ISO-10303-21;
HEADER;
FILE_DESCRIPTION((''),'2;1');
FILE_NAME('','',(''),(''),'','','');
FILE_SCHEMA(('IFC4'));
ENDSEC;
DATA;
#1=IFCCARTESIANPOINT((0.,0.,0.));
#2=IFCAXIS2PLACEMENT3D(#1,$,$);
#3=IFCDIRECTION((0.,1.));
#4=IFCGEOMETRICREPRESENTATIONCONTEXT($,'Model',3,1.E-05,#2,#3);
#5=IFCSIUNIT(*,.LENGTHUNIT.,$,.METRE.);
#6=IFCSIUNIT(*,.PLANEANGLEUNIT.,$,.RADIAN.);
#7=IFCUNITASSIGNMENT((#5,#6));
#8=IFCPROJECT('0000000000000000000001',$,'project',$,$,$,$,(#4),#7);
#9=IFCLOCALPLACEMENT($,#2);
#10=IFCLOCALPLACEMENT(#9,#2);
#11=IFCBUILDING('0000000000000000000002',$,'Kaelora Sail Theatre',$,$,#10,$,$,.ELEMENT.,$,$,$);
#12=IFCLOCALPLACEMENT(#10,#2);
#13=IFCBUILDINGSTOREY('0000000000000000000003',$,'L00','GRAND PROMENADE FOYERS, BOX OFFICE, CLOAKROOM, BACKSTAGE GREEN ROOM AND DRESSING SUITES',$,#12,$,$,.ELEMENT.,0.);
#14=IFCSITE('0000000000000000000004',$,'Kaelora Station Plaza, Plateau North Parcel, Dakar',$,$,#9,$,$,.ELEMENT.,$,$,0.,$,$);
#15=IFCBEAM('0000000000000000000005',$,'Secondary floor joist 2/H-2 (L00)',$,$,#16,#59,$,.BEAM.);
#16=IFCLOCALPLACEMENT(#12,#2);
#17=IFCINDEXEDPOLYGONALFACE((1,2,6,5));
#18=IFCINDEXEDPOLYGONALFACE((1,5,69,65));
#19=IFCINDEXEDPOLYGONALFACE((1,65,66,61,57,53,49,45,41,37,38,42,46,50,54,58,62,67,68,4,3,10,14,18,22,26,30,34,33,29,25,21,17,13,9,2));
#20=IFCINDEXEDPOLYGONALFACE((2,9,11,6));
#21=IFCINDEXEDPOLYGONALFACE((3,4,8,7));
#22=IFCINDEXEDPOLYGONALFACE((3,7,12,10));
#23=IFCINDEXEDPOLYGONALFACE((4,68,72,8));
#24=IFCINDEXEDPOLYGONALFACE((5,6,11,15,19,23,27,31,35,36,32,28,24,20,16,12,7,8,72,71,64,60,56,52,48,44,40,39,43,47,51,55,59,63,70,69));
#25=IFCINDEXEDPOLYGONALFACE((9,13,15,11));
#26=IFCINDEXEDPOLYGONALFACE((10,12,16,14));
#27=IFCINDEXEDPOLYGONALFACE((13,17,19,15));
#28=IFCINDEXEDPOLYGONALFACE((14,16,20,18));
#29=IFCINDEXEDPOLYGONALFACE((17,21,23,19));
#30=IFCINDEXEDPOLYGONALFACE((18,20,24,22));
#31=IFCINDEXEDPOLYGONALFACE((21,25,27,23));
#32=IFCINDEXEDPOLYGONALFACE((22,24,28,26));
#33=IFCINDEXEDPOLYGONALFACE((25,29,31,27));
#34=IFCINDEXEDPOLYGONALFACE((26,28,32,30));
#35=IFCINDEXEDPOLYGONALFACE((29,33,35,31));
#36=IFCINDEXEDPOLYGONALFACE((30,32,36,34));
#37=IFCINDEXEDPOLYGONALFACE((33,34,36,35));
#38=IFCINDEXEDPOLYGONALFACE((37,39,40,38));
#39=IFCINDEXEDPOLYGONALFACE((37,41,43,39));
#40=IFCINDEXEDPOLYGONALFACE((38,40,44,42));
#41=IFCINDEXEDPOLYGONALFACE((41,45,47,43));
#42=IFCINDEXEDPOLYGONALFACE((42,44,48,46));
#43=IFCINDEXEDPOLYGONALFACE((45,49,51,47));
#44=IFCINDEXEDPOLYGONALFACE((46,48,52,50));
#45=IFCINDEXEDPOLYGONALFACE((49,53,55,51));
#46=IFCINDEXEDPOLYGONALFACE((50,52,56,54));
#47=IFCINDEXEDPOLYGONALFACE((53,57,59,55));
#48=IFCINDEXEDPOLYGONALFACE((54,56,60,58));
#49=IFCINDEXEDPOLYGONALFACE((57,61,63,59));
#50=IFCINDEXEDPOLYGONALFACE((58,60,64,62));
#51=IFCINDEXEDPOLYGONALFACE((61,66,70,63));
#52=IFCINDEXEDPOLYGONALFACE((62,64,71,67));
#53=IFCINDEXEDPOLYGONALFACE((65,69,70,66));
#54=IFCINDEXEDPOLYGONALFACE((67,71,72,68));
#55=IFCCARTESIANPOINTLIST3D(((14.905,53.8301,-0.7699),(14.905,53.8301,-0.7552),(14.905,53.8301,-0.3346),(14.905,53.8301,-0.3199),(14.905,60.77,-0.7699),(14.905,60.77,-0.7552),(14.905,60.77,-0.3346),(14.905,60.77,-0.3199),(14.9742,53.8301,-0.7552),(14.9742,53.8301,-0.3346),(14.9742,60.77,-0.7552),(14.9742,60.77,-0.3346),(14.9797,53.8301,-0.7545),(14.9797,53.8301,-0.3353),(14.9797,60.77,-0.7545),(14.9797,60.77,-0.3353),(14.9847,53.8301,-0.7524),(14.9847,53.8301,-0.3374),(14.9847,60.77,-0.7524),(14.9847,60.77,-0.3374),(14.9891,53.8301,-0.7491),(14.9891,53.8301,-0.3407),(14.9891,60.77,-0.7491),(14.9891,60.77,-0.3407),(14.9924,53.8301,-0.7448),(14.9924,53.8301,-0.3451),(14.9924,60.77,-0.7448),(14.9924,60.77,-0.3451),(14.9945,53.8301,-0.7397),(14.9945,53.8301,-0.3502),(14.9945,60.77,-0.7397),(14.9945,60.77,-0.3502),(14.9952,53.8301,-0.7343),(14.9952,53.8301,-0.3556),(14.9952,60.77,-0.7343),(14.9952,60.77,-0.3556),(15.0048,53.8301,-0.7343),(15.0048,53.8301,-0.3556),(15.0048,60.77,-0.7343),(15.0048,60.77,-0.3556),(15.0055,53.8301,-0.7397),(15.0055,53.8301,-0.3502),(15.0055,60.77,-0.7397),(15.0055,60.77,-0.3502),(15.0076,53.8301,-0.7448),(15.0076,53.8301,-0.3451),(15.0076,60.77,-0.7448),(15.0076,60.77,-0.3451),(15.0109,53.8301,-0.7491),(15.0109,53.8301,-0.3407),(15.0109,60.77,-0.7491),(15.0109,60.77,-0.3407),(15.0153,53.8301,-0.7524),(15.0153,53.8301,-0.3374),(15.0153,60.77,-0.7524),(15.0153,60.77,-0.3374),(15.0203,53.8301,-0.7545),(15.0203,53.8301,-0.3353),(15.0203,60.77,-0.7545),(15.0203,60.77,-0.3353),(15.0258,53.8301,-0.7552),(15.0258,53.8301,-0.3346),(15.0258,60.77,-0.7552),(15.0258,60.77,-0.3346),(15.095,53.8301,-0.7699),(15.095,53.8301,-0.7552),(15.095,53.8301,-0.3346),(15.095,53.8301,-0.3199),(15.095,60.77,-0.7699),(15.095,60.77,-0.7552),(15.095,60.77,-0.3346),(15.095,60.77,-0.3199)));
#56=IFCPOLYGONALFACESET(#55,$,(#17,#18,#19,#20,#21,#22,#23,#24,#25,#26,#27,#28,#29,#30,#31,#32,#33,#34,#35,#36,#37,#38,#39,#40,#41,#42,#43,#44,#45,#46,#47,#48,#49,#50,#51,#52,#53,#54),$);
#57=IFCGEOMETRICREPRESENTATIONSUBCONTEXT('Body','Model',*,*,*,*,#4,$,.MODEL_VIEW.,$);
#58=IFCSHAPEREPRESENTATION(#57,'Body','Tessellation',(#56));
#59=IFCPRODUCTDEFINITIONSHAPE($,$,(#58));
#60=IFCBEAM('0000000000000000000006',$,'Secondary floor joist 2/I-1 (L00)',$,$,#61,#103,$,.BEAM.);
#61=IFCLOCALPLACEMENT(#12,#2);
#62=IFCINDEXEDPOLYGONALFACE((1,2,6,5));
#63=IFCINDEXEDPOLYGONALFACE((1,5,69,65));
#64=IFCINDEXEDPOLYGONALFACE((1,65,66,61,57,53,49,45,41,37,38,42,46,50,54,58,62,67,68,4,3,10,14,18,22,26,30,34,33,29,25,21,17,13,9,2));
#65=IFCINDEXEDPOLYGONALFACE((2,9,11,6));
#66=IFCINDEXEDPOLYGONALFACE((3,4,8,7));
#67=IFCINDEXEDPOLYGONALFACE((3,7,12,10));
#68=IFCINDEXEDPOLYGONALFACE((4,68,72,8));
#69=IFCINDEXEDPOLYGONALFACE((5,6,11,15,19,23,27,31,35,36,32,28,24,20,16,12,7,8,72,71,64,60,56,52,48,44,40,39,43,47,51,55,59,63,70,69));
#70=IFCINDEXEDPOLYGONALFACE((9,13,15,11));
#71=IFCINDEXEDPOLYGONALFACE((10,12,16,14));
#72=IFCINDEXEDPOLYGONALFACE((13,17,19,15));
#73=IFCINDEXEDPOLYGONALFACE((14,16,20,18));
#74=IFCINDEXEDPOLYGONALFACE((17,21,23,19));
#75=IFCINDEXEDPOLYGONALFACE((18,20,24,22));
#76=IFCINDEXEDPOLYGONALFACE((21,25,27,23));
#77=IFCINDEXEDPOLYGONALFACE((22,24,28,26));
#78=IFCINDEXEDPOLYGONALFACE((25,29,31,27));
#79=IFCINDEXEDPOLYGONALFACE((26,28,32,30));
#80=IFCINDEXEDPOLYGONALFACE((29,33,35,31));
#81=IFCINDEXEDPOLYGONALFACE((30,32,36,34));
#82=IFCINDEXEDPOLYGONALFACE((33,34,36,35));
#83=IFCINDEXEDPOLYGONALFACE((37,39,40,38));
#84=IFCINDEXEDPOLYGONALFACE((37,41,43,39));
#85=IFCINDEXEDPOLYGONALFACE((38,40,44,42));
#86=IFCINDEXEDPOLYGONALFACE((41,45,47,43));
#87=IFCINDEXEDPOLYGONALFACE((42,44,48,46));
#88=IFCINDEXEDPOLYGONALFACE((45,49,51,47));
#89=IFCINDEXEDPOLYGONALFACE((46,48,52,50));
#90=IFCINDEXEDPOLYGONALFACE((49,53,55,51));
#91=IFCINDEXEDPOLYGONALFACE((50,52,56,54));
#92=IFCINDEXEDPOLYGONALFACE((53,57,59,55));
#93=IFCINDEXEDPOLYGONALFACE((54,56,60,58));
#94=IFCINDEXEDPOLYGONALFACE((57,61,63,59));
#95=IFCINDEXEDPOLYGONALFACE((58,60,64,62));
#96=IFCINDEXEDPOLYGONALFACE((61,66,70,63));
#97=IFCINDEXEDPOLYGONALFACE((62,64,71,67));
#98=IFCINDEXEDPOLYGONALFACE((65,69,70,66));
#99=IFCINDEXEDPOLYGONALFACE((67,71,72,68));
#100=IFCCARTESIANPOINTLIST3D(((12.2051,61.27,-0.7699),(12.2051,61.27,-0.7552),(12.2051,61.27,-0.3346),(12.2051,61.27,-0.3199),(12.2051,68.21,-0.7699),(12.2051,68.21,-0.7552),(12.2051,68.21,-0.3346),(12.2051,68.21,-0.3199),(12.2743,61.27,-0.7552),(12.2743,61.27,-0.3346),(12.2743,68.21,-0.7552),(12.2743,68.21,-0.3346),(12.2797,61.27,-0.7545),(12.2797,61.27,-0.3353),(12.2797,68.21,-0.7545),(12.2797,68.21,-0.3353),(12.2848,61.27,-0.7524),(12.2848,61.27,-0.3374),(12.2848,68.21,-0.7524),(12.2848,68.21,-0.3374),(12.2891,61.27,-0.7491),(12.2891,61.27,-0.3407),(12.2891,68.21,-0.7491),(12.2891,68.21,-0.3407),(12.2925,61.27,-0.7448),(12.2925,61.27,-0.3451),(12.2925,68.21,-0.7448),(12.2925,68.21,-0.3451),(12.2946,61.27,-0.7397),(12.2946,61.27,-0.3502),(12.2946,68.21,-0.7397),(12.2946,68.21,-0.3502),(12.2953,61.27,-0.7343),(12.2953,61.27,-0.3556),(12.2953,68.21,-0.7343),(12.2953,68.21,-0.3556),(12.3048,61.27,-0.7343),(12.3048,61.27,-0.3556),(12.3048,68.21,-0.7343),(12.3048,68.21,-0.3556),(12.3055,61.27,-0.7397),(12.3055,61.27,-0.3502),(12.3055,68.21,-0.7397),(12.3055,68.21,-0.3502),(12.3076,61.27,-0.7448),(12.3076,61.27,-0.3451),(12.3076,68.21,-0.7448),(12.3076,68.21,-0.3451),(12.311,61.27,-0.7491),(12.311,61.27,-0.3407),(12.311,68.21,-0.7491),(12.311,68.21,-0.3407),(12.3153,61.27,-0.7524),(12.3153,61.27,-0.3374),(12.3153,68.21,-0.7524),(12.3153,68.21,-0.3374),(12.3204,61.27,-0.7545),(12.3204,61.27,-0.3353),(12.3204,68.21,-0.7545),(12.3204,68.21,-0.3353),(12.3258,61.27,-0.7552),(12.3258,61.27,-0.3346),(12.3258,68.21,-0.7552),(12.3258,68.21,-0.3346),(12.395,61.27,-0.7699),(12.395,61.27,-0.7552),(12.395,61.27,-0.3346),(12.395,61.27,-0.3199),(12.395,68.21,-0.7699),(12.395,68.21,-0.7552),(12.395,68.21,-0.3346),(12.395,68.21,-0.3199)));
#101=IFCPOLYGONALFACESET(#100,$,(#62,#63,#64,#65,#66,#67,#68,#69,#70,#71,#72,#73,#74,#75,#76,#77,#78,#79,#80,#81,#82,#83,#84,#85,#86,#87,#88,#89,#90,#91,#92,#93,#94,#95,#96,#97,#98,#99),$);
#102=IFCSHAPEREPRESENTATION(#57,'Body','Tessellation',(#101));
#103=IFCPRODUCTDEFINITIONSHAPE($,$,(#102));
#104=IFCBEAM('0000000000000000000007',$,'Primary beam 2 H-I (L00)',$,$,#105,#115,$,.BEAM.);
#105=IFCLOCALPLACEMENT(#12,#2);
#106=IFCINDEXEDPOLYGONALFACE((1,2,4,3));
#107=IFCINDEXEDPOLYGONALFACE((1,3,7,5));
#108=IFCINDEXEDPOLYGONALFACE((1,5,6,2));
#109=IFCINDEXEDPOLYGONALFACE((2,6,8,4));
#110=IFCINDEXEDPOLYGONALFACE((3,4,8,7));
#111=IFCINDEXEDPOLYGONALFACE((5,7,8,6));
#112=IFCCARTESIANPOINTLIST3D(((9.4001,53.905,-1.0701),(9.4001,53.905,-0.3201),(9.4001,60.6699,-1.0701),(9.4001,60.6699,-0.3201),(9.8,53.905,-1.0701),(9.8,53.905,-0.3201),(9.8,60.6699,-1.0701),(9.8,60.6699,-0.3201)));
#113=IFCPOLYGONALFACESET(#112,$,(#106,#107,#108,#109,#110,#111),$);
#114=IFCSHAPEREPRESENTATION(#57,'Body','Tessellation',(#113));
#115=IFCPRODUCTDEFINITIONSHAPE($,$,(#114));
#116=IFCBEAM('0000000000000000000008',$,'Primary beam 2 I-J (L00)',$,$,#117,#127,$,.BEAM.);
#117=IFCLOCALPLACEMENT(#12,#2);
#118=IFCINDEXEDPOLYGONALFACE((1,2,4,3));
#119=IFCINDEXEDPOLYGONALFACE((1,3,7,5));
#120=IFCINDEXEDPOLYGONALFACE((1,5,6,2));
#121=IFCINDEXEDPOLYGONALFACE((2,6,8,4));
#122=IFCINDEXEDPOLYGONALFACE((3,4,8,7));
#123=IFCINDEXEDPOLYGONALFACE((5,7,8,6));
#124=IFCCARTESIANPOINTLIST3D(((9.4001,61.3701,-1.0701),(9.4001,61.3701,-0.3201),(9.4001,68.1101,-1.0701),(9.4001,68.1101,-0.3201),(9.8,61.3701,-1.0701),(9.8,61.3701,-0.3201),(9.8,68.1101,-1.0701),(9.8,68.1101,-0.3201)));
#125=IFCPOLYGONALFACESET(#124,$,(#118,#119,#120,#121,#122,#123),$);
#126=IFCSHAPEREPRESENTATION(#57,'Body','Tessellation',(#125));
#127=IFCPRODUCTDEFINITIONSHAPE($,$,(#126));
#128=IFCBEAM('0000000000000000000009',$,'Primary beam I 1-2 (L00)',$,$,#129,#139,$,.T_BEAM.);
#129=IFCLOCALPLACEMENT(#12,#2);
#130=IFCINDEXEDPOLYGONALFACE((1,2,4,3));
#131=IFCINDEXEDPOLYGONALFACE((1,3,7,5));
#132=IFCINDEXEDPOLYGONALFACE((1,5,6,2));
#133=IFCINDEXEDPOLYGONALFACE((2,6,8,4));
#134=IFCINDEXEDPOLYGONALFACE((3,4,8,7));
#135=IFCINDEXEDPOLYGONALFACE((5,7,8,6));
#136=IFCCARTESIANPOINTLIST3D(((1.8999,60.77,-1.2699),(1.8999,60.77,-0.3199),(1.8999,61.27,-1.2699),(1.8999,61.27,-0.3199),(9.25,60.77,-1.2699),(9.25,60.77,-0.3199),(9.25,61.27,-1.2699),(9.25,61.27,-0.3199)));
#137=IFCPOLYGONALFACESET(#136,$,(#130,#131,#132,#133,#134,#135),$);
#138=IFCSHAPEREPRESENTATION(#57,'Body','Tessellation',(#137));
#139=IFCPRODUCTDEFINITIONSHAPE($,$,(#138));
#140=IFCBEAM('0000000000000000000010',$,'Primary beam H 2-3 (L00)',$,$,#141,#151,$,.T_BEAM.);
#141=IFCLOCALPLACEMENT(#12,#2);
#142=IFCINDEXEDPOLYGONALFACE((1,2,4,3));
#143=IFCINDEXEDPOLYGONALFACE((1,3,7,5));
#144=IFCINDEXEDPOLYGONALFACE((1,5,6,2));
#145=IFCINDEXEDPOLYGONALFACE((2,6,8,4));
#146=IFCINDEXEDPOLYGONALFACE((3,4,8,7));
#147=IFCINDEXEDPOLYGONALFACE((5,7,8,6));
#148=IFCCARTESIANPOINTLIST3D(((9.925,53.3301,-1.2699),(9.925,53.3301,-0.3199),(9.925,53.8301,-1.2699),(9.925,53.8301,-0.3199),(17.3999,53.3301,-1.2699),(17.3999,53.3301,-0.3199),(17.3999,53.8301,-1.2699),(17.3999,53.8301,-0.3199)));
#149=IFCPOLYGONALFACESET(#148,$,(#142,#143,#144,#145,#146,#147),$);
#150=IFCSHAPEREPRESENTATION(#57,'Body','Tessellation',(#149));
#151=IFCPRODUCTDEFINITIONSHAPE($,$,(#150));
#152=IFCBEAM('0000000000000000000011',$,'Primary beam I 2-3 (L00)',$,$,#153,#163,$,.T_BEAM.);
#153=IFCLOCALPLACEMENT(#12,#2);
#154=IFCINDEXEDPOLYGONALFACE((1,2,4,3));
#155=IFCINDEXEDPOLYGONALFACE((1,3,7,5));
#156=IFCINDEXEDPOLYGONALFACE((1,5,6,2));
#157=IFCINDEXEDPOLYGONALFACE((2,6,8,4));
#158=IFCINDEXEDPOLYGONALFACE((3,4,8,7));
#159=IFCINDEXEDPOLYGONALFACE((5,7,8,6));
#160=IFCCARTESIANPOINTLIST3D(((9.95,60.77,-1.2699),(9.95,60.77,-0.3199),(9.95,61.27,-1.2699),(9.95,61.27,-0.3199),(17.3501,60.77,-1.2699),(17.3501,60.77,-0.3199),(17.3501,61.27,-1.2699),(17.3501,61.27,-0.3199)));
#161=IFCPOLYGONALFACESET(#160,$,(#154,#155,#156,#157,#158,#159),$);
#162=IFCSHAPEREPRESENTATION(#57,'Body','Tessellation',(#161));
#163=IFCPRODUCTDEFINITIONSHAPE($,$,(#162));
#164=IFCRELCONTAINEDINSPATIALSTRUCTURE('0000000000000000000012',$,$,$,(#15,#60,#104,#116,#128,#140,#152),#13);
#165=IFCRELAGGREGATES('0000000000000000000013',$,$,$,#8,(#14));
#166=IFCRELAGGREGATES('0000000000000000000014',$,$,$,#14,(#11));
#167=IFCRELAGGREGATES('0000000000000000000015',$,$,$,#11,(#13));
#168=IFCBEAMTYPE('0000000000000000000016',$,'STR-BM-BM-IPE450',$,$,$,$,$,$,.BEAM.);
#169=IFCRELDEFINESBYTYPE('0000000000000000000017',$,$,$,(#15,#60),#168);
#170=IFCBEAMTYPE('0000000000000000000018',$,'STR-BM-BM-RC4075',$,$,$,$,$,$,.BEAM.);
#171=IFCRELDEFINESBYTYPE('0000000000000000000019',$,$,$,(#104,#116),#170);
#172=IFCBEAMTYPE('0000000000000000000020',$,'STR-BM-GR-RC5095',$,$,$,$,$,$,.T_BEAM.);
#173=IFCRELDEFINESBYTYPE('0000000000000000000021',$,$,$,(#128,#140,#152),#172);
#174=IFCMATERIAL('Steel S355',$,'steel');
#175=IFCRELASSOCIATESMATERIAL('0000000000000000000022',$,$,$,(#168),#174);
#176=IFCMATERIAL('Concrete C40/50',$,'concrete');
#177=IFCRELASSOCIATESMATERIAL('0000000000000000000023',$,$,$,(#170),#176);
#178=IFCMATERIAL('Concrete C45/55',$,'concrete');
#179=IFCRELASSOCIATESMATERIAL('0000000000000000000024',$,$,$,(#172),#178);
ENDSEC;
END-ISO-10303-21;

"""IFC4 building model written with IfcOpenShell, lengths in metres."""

from ifc_helpers import new_model, si_unit, direction, frame, origin, origin_2d, place, context, subcontext, project, spatial, rectangle, i_section, extrude, material, material_profile, profile_set, type_object, element, save


model = new_model("IFC4")

# Units and contexts
model_context = context("Model", 3, precision=1e-05, world=origin(), true_north=direction((0.0, 1.0)))
body_context = subcontext(model_context, "Body", "Model", "MODEL_VIEW")
ifc_project = project(units=[si_unit("LENGTHUNIT", "METRE"), si_unit("PLANEANGLEUNIT", "RADIAN")], contexts=[model_context])

# Site, building, storey
site_placement = place(None, origin())
site = spatial("IfcSite", under=ifc_project, at=site_placement, Name="Kaelora Station Plaza, Plateau North Parcel, Dakar", CompositionType="ELEMENT", RefElevation=0.0)
building_placement = place(site_placement, origin())
building = spatial("IfcBuilding", under=site, at=building_placement, Name="Kaelora Sail Theatre", CompositionType="ELEMENT")
storey_placement = place(building_placement, origin())
storey = spatial("IfcBuildingStorey", under=building, at=storey_placement, Name="L00", Description="GRAND PROMENADE FOYERS, BOX OFFICE, CLOAKROOM, BACKSTAGE GREEN ROOM AND DRESSING SUITES", CompositionType="ELEMENT", Elevation=0.0)

# Beams
ifc_material_1 = material(Name="Steel S355", Category="steel")
ifc_material_profile_1 = material_profile(ifc_material_1, i_section(OverallWidth=0.1899, OverallDepth=0.45, WebThickness=0.0095, FlangeThickness=0.0146, FilletRadius=0.021, at=origin_2d()), Name="IPE 450")
ifc_profile_set_1 = profile_set([ifc_material_profile_1], Name="Steel S355")
beam_type_1 = type_object("IfcBeamType", Name="STR-BM-BM-IPE450", PredefinedType="BEAM", material=ifc_profile_set_1)
for number, where, z_axis, x_axis, name in (
    (1, (15.0, 53.8301, -0.5449), (0.0, 1.0, 0.0), (-1.0, 0.0, 0.0), "Secondary floor joist 2/H-2 (L00)"),
    (2, (12.3, 61.27, -0.5449), (0.0, 1.0, 0.0), (-1.0, 0.0, 0.0), "Secondary floor joist 2/I-1 (L00)"),
):
    element("IfcBeam", number, at=place(storey_placement, frame(where, z_axis=z_axis, x_axis=x_axis)), inside=storey, type_object=beam_type_1, Name=name, PredefinedType="BEAM", context=body_context, shape_type="SweptSolid", body=[
        extrude(i_section(OverallWidth=0.1899, OverallDepth=0.45, WebThickness=0.0095, FlangeThickness=0.0146, FilletRadius=0.021, at=origin_2d()), origin(), (0.0, 0.0, 1.0), 6.9399),
    ])
ifc_material_2 = material(Name="Concrete C40/50", Category="concrete")
ifc_material_profile_2 = material_profile(ifc_material_2, rectangle(XDim=0.3999, YDim=0.75, at=origin_2d()), Name="RC-BM 400x750")
ifc_profile_set_2 = profile_set([ifc_material_profile_2], Name="Concrete C40/50")
beam_type_2 = type_object("IfcBeamType", Name="STR-BM-BM-RC4075", PredefinedType="BEAM", material=ifc_profile_set_2)
beam_1_placement = place(storey_placement, frame((9.6001, 53.905, -0.6951), z_axis=(0.0, 1.0, 0.0), x_axis=(-1.0, 0.0, 0.0)))
element("IfcBeam", 3, at=beam_1_placement, inside=storey, type_object=beam_type_2, Name="Primary beam 2 H-I (L00)", PredefinedType="BEAM", context=body_context, shape_type="SweptSolid", body=[
    extrude(rectangle(XDim=0.3999, YDim=0.75, at=origin_2d()), origin(), (0.0, 0.0, 1.0), 6.7649),
])
beam_2_placement = place(storey_placement, frame((9.6001, 61.3701, -0.6951), z_axis=(0.0, 1.0, 0.0), x_axis=(-1.0, 0.0, 0.0)))
element("IfcBeam", 4, at=beam_2_placement, inside=storey, type_object=beam_type_2, Name="Primary beam 2 I-J (L00)", PredefinedType="BEAM", context=body_context, shape_type="SweptSolid", body=[
    extrude(rectangle(XDim=0.3999, YDim=0.75, at=origin_2d()), origin(), (0.0, 0.0, 1.0), 6.74),
])
ifc_material_3 = material(Name="Concrete C45/55", Category="concrete")
ifc_material_profile_3 = material_profile(ifc_material_3, rectangle(XDim=0.5, YDim=0.95, at=origin_2d()), Name="RC-GRD 500x950")
ifc_profile_set_3 = profile_set([ifc_material_profile_3], Name="Concrete C45/55")
beam_type_3 = type_object("IfcBeamType", Name="STR-BM-GR-RC5095", PredefinedType="T_BEAM", material=ifc_profile_set_3)
beam_3_placement = place(storey_placement, frame((1.8999, 61.02, -0.7949), z_axis=(1.0, 0.0, 0.0), x_axis=(0.0, 1.0, 0.0)))
element("IfcBeam", 5, at=beam_3_placement, inside=storey, type_object=beam_type_3, Name="Primary beam I 1-2 (L00)", PredefinedType="T_BEAM", context=body_context, shape_type="SweptSolid", body=[
    extrude(rectangle(XDim=0.5, YDim=0.95, at=origin_2d()), origin(), (0.0, 0.0, 1.0), 7.3501),
])
beam_4_placement = place(storey_placement, frame((9.925, 53.5801, -0.7949), z_axis=(1.0, 0.0, 0.0), x_axis=(0.0, 1.0, 0.0)))
element("IfcBeam", 6, at=beam_4_placement, inside=storey, type_object=beam_type_3, Name="Primary beam H 2-3 (L00)", PredefinedType="T_BEAM", context=body_context, shape_type="SweptSolid", body=[
    extrude(rectangle(XDim=0.5, YDim=0.95, at=origin_2d()), origin(), (0.0, 0.0, 1.0), 7.4749),
])
beam_5_placement = place(storey_placement, frame((9.95, 61.02, -0.7949), z_axis=(1.0, 0.0, 0.0), x_axis=(0.0, 1.0, 0.0)))
element("IfcBeam", 7, at=beam_5_placement, inside=storey, type_object=beam_type_3, Name="Primary beam I 2-3 (L00)", PredefinedType="T_BEAM", context=body_context, shape_type="SweptSolid", body=[
    extrude(rectangle(XDim=0.5, YDim=0.95, at=origin_2d()), origin(), (0.0, 0.0, 1.0), 7.4001),
])

save(model, "model.ifc")
